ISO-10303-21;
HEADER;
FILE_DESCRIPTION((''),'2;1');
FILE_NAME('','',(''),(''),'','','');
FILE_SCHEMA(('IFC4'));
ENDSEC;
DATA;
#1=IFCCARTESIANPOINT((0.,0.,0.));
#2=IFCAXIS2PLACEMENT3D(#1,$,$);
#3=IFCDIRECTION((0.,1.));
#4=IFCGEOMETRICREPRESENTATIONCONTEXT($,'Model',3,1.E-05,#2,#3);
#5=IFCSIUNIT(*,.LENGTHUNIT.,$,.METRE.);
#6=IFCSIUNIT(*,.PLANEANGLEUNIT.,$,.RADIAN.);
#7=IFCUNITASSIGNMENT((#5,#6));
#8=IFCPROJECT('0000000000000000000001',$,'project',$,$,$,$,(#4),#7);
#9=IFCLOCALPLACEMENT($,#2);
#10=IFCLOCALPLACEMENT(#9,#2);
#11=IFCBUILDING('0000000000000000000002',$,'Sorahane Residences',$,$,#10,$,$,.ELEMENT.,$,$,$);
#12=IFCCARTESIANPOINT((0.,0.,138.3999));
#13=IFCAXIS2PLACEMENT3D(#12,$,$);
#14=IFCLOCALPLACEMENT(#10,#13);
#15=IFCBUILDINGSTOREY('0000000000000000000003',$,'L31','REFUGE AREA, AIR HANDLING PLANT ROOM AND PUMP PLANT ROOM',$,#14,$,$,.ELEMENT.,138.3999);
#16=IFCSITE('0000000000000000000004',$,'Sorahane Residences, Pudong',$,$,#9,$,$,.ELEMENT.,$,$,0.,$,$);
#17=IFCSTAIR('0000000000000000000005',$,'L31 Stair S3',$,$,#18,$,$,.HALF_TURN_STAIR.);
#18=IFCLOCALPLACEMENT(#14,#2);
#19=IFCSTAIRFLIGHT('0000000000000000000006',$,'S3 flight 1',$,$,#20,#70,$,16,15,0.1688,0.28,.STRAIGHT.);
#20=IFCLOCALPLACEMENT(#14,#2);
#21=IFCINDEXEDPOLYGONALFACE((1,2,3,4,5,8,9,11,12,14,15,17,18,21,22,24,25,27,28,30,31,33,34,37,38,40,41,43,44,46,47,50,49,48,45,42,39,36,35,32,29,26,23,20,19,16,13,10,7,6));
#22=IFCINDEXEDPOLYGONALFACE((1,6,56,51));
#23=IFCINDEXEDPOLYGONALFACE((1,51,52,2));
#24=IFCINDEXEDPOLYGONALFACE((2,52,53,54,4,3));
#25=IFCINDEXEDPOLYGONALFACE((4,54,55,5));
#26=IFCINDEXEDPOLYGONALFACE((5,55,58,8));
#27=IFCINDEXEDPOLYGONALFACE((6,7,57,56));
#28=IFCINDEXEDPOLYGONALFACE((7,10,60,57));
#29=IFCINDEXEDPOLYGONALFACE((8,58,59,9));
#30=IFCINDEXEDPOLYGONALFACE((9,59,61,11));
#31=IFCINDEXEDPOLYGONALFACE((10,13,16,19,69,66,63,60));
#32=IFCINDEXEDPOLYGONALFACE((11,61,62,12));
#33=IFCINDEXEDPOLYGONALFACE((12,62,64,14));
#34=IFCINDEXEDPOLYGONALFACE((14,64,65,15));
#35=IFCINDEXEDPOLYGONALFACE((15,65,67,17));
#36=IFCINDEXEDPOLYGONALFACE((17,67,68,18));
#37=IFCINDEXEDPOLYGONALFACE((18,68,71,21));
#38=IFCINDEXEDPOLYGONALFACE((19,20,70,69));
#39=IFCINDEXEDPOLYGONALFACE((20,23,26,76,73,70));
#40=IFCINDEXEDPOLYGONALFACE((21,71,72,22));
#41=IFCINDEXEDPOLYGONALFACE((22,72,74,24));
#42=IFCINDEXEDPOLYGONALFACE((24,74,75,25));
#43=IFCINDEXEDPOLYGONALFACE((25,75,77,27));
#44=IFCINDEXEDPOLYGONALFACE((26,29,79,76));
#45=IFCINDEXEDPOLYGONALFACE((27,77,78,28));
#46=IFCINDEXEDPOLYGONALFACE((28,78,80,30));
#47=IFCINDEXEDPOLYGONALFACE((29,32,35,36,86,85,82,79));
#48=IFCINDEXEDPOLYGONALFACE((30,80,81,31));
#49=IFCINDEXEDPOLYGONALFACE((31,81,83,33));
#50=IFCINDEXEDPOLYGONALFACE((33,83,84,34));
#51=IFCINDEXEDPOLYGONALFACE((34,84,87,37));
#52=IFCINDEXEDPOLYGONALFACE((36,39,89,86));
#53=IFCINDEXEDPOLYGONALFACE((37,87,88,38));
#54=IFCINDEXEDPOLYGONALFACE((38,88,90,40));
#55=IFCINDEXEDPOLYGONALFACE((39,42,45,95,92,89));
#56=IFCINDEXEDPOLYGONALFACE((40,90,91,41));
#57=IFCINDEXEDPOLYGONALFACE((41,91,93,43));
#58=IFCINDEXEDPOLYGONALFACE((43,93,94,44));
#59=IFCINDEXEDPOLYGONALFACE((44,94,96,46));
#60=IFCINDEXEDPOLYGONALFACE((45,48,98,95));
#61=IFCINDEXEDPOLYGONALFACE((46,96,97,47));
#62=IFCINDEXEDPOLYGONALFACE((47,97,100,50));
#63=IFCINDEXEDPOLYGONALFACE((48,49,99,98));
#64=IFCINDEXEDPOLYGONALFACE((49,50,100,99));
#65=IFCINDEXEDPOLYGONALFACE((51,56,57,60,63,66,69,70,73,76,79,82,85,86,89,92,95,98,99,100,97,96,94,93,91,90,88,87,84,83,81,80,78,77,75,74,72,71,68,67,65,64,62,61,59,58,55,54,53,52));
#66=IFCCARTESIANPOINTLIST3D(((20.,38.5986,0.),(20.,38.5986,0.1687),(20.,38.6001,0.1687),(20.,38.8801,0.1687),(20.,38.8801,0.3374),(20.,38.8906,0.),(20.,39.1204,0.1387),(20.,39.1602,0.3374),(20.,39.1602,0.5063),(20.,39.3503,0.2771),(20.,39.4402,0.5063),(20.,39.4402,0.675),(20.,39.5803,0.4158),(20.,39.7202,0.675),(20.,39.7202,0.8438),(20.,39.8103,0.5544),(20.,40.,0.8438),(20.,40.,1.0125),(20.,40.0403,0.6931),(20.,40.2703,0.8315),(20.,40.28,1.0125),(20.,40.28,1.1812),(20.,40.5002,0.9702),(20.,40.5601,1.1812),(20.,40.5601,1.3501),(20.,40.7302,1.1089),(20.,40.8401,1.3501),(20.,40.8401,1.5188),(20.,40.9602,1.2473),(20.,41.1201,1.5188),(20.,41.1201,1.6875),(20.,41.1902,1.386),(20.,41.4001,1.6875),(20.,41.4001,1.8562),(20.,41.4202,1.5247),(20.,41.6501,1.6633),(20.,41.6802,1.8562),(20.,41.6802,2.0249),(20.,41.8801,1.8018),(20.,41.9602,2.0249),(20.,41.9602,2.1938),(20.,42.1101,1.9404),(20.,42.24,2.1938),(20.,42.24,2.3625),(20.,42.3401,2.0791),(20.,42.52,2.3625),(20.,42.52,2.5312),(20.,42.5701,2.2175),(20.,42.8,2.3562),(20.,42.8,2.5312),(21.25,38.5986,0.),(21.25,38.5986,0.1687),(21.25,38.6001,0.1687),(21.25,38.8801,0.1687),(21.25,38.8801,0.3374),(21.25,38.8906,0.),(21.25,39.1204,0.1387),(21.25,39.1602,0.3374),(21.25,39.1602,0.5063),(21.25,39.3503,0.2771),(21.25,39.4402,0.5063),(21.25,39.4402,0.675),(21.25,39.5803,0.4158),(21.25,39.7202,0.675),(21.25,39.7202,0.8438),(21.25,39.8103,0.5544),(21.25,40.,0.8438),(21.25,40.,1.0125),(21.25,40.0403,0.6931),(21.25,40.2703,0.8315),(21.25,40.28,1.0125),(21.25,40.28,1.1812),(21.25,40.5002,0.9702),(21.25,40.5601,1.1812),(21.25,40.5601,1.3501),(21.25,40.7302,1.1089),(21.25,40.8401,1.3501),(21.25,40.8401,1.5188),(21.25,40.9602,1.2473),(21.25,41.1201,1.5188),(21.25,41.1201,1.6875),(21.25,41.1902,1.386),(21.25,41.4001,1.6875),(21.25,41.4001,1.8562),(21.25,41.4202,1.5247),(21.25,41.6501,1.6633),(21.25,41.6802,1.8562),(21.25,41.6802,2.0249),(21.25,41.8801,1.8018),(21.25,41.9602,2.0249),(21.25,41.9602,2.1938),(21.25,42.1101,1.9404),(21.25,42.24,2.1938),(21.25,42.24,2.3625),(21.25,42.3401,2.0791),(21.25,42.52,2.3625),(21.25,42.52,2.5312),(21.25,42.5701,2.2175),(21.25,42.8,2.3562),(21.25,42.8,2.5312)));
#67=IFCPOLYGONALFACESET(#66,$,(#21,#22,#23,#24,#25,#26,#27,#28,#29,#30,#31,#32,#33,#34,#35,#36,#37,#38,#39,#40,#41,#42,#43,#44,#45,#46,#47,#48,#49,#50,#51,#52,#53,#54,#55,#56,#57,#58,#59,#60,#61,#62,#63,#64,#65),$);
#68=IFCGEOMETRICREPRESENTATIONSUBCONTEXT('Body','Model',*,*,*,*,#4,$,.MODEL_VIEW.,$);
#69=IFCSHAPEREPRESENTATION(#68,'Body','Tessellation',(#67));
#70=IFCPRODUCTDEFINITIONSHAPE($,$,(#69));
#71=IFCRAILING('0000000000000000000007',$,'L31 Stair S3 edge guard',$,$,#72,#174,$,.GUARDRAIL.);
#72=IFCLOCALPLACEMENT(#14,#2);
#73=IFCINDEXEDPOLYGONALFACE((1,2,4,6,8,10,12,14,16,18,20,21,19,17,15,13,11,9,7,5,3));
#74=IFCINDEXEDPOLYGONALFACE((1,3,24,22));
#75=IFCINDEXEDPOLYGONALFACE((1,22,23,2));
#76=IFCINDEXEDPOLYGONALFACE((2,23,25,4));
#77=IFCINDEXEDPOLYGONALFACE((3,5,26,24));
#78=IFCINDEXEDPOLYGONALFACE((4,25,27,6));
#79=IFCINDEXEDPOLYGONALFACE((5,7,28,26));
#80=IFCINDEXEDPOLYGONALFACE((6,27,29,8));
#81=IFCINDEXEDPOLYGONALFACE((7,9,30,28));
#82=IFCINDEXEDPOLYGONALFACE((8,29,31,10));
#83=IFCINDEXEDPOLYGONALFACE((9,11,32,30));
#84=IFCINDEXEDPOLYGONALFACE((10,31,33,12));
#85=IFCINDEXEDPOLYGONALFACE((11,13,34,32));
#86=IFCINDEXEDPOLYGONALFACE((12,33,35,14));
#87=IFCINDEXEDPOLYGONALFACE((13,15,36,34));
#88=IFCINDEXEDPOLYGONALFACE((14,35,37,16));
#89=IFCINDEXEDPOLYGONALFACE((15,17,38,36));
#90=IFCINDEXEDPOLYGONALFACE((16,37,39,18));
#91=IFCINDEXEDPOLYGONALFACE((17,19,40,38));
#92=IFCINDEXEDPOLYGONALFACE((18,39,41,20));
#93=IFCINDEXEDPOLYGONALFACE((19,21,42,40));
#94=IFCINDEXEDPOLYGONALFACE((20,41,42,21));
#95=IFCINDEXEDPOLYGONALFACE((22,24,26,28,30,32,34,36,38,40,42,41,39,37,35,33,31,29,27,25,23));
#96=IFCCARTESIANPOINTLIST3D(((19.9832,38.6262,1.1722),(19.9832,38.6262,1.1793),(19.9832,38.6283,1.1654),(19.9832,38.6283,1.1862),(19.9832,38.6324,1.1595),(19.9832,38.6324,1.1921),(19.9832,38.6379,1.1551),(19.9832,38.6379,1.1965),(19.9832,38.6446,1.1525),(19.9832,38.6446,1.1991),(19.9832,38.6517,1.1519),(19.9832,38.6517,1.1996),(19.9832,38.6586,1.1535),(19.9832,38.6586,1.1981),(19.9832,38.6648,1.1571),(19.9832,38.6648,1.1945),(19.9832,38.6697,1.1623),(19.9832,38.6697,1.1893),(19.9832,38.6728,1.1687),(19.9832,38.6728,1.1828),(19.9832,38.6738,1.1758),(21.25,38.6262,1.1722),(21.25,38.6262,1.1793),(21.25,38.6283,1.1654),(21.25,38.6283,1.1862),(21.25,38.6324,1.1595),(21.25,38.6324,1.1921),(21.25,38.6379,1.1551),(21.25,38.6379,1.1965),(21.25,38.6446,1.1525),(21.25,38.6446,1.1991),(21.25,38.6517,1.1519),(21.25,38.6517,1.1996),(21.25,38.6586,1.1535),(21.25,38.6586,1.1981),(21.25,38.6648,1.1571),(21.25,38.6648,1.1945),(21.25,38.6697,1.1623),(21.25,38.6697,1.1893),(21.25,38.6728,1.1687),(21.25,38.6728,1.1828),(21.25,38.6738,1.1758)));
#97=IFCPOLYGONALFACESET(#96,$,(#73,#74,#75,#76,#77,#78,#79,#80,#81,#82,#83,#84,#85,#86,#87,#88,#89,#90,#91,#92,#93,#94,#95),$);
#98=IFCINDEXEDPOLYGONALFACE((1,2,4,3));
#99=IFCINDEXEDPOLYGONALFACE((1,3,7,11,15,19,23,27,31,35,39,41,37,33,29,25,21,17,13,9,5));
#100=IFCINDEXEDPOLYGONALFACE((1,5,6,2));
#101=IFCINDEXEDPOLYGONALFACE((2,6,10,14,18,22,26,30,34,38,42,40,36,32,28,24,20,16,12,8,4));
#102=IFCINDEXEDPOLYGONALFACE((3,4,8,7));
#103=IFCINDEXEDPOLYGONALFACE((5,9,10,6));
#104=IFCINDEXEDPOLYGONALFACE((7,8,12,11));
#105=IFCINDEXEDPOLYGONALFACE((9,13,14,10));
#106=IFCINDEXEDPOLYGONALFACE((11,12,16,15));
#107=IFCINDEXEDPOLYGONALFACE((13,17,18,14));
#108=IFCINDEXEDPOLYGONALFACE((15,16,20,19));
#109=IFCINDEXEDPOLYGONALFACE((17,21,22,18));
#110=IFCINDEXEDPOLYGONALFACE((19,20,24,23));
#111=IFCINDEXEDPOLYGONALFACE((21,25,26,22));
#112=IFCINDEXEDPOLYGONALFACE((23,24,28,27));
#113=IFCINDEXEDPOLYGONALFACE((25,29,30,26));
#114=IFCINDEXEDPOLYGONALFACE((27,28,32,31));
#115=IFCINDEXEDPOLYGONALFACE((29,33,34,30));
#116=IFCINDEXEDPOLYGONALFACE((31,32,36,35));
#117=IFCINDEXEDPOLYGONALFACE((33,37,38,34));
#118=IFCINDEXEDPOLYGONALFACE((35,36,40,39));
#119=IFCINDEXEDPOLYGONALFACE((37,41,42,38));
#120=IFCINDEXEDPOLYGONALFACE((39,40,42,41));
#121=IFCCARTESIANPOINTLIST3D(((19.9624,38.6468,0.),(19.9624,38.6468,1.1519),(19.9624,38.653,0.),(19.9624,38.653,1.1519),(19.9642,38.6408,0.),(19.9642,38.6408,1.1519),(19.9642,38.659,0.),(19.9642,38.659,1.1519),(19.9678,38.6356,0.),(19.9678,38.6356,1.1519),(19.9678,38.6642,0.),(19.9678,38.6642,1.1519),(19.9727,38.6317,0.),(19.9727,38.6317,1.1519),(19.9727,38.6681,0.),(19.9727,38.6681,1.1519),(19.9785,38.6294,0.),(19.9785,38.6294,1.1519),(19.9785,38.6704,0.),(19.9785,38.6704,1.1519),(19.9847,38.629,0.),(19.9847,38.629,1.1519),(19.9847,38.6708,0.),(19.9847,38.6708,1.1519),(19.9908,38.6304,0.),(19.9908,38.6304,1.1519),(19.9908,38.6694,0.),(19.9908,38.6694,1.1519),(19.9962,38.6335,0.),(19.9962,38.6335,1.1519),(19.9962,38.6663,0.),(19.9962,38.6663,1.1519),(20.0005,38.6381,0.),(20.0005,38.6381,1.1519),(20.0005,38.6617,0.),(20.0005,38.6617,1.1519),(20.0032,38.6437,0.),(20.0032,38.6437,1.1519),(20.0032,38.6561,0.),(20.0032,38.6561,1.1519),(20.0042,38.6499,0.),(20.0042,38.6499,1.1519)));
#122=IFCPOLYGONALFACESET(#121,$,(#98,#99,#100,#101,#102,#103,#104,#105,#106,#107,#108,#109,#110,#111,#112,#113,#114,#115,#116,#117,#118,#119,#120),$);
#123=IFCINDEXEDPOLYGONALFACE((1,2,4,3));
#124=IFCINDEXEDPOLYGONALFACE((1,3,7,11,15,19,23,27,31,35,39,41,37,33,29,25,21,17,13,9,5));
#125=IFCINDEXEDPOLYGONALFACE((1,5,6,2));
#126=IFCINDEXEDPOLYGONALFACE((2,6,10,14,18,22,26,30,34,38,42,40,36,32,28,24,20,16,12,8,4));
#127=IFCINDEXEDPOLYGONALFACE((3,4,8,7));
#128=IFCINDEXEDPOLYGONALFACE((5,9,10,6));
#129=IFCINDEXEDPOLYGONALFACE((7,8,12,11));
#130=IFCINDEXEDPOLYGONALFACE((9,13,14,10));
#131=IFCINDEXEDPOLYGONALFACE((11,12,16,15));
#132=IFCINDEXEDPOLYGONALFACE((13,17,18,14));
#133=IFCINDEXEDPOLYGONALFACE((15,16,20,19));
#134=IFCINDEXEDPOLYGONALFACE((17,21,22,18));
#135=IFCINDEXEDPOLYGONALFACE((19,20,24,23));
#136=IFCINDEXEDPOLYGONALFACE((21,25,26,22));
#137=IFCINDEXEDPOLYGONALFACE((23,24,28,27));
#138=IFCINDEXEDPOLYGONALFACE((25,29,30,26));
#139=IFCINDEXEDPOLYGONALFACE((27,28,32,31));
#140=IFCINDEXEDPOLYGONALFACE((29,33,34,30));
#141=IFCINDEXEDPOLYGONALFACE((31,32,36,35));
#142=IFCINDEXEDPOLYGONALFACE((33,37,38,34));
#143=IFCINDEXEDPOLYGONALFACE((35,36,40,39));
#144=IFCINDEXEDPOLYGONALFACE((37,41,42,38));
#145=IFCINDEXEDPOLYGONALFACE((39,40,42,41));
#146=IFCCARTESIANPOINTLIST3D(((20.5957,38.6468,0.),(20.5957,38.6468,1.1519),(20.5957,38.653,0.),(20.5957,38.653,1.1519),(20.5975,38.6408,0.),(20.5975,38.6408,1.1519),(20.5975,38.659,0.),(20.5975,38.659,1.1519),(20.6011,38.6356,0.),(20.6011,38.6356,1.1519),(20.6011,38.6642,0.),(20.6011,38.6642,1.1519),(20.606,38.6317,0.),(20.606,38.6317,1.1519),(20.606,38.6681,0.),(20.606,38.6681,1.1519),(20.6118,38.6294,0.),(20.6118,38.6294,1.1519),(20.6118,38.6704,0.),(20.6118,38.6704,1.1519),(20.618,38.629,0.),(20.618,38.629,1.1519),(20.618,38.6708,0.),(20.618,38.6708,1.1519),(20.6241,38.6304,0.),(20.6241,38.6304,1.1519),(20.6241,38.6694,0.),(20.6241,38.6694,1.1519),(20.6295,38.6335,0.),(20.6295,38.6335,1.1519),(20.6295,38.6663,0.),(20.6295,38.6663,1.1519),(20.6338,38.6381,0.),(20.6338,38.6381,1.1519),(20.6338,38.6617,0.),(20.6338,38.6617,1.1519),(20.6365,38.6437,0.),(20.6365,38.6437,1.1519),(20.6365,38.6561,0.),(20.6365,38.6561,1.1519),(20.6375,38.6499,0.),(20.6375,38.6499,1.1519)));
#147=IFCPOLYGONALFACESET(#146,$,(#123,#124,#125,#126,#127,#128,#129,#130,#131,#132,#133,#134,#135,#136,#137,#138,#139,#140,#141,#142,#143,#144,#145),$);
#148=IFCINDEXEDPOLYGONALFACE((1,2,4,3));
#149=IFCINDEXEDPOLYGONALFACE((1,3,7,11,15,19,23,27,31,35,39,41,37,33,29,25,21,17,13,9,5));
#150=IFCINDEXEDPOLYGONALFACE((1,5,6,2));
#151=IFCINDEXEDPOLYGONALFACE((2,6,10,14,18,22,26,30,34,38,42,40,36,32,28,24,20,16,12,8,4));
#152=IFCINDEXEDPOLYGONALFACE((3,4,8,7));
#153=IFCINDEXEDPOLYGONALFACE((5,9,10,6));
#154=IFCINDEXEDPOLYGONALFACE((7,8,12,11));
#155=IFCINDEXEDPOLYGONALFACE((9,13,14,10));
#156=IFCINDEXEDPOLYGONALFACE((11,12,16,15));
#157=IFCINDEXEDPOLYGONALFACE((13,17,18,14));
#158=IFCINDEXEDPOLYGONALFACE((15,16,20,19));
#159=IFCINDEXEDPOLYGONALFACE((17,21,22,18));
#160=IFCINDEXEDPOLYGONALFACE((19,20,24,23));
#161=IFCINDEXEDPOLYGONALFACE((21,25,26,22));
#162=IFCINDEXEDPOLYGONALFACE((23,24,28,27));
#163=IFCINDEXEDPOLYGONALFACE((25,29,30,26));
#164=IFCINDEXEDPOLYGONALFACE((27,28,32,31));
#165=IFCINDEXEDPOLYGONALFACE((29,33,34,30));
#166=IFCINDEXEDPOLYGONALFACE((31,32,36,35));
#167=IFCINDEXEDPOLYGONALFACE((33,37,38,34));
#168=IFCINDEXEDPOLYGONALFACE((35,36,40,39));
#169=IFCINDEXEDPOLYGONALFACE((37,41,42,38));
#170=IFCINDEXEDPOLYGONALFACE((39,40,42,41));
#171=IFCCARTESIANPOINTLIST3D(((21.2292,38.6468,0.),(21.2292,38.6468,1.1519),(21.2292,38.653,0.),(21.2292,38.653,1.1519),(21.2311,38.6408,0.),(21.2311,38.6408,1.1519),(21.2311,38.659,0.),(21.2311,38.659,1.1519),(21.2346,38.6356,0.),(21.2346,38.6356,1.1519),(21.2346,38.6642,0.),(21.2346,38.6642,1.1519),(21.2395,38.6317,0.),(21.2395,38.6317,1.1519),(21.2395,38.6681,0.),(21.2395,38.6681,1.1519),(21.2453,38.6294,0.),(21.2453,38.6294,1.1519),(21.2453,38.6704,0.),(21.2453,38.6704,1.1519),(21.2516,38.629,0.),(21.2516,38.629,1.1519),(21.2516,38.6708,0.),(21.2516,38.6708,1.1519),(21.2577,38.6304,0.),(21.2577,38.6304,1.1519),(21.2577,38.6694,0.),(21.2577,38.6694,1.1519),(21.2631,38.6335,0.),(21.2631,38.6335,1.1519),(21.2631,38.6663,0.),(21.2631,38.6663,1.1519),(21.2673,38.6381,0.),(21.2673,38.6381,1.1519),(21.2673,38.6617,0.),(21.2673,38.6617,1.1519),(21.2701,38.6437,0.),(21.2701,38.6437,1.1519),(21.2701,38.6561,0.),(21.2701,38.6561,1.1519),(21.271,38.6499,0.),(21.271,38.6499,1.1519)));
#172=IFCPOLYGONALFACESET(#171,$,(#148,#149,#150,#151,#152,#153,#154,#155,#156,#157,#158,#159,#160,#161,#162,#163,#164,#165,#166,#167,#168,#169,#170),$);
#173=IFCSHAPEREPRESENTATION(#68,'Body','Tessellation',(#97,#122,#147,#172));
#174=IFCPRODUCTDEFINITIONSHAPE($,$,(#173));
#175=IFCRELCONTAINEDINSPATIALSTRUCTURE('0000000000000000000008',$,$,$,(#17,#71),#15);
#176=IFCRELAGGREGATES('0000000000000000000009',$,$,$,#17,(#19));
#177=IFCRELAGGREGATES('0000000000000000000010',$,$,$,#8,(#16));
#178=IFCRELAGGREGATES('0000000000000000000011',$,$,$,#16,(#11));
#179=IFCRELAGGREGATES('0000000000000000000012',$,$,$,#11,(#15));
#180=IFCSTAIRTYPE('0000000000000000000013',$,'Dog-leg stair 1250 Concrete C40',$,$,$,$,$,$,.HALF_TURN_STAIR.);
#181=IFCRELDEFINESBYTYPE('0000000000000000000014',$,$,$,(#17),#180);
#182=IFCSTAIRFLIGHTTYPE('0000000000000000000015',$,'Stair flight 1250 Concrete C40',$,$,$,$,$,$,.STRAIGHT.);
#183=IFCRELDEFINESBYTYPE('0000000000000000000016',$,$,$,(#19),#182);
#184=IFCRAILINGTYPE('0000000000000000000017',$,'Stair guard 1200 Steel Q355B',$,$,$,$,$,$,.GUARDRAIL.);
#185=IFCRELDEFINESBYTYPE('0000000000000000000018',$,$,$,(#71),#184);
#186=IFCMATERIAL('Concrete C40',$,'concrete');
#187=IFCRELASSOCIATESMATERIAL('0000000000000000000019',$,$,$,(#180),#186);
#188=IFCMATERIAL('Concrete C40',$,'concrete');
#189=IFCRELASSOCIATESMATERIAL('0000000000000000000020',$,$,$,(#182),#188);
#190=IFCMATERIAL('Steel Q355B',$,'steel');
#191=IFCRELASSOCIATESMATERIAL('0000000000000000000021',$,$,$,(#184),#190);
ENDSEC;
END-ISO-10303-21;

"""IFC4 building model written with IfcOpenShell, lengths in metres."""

from ifc_helpers import new_model, si_unit, direction, frame, origin, origin_2d, place, context, subcontext, project, spatial, polyline, circle, outline, extrude, material, type_object, element, aggregate, save


model = new_model("IFC4")

# Units and contexts
model_context = context("Model", 3, precision=1e-05, world=origin(), true_north=direction((0.0, 1.0)))
body_context = subcontext(model_context, "Body", "Model", "MODEL_VIEW")
ifc_project = project(units=[si_unit("LENGTHUNIT", "METRE"), si_unit("PLANEANGLEUNIT", "RADIAN")], contexts=[model_context])

# Site, building, storey
site_placement = place(None, origin())
site = spatial("IfcSite", under=ifc_project, at=site_placement, Name="Sorahane Residences, Pudong", CompositionType="ELEMENT", RefElevation=0.0)
building_placement = place(site_placement, origin())
building = spatial("IfcBuilding", under=site, at=building_placement, Name="Sorahane Residences", CompositionType="ELEMENT")
storey_placement = place(building_placement, frame((0.0, 0.0, 138.3999)))
storey = spatial("IfcBuildingStorey", under=building, at=storey_placement, Name="L31", Description="REFUGE AREA, AIR HANDLING PLANT ROOM AND PUMP PLANT ROOM", CompositionType="ELEMENT", Elevation=138.3999)

# Stair, stair flight
ifc_material_1 = material(Name="Concrete C40", Category="concrete")
stair_type = type_object("IfcStairType", Name="Dog-leg stair 1250 Concrete C40", PredefinedType="HALF_TURN_STAIR", material=ifc_material_1)
stair_placement = place(storey_placement, origin())
stair = element("IfcStair", 1, at=stair_placement, inside=storey, type_object=stair_type, Name="L31 Stair S3", PredefinedType="HALF_TURN_STAIR")
ifc_material_2 = material(Name="Concrete C40", Category="concrete")
stair_flight_type = type_object("IfcStairFlightType", Name="Stair flight 1250 Concrete C40", PredefinedType="STRAIGHT", material=ifc_material_2)
stair_flight_placement = place(storey_placement, frame((20.625, 38.6001, 0.0), z_axis=(0.0, 0.0, 1.0), x_axis=(0.0, 1.0, 0.0)))
stair_flight = element("IfcStairFlight", 2, at=stair_flight_placement, type_object=stair_flight_type, Name="S3 flight 1", NumberOfRisers=16, NumberOfTreads=15, PredefinedType="STRAIGHT", RiserHeight=0.1688, TreadLength=0.28, context=body_context, shape_type="SweptSolid", body=[
    extrude(outline(polyline([(-0.0015, 0.0), (-0.0015, 0.1687), (0.0, 0.1687), (0.28, 0.1687), (0.28, 0.3374), (0.5601, 0.3374), (0.5601, 0.5063), (0.8401, 0.5063), (0.8401, 0.675), (1.1201, 0.675), (1.1201, 0.8438), (1.3999, 0.8438), (1.3999, 1.0125), (1.6799, 1.0125), (1.6799, 1.1812), (1.96, 1.1812), (1.96, 1.3501), (2.24, 1.3501), (2.24, 1.5188), (2.52, 1.5188), (2.52, 1.6875), (2.8, 1.6875), (2.8, 1.8562), (3.0801, 1.8562), (3.0801, 2.0249), (3.3601, 2.0249), (3.3601, 2.1938), (3.6399, 2.1938), (3.6399, 2.3625), (3.9199, 2.3625), (3.9199, 2.5312), (4.2, 2.5312), (4.2, 2.7), (4.2, 2.3562), (3.97, 2.2175), (3.74, 2.0791), (3.51, 1.9404), (3.28, 1.8018), (3.05, 1.6633), (2.8201, 1.5247), (2.5901, 1.386), (2.3601, 1.2473), (2.1301, 1.1089), (1.9001, 0.9702), (1.6702, 0.8315), (1.4402, 0.6931), (1.2102, 0.5544), (0.9802, 0.4158), (0.7502, 0.2771), (0.5203, 0.1387), (0.2905, 0.0), (-0.0015, 0.0)])), frame((0.0, 0.625, 0.0), z_axis=(0.0, -1.0, 0.0), x_axis=(1.0, 0.0, 0.0)), (0.0, 0.0, 1.0), 1.25),
])
aggregate(stair, [stair_flight])

# Railing
ifc_material_3 = material(Name="Steel Q355B", Category="steel")
railing_type_1 = type_object("IfcRailingType", Name="Stair guard 1200 Steel Q355B", PredefinedType="GUARDRAIL", material=ifc_material_3)
railing_1_placement = place(storey_placement, frame((19.9832, 38.6499, 0.0)))
element("IfcRailing", 3, at=railing_1_placement, inside=storey, type_object=railing_type_1, Name="L31 Stair S3 edge guard", PredefinedType="GUARDRAIL", context=body_context, shape_type="SweptSolid", body=[
    extrude(circle(Radius=0.0239, at=origin_2d()), frame((0.0, 0.0, 1.1758), z_axis=(1.0, 0.0, 0.0), x_axis=(0.0, 1.0, 0.0)), (0.0, 0.0, 1.0), 1.2668),
    extrude(circle(Radius=0.021, at=origin_2d()), origin(), (0.0, 0.0, 1.0), 1.1519),
    extrude(circle(Radius=0.021, at=origin_2d()), frame((0.6333, 0.0, 0.0)), (0.0, 0.0, 1.0), 1.1519),
    extrude(circle(Radius=0.021, at=origin_2d()), frame((1.2668, 0.0, 0.0)), (0.0, 0.0, 1.0), 1.1519),
])

save(model, "model.ifc")
